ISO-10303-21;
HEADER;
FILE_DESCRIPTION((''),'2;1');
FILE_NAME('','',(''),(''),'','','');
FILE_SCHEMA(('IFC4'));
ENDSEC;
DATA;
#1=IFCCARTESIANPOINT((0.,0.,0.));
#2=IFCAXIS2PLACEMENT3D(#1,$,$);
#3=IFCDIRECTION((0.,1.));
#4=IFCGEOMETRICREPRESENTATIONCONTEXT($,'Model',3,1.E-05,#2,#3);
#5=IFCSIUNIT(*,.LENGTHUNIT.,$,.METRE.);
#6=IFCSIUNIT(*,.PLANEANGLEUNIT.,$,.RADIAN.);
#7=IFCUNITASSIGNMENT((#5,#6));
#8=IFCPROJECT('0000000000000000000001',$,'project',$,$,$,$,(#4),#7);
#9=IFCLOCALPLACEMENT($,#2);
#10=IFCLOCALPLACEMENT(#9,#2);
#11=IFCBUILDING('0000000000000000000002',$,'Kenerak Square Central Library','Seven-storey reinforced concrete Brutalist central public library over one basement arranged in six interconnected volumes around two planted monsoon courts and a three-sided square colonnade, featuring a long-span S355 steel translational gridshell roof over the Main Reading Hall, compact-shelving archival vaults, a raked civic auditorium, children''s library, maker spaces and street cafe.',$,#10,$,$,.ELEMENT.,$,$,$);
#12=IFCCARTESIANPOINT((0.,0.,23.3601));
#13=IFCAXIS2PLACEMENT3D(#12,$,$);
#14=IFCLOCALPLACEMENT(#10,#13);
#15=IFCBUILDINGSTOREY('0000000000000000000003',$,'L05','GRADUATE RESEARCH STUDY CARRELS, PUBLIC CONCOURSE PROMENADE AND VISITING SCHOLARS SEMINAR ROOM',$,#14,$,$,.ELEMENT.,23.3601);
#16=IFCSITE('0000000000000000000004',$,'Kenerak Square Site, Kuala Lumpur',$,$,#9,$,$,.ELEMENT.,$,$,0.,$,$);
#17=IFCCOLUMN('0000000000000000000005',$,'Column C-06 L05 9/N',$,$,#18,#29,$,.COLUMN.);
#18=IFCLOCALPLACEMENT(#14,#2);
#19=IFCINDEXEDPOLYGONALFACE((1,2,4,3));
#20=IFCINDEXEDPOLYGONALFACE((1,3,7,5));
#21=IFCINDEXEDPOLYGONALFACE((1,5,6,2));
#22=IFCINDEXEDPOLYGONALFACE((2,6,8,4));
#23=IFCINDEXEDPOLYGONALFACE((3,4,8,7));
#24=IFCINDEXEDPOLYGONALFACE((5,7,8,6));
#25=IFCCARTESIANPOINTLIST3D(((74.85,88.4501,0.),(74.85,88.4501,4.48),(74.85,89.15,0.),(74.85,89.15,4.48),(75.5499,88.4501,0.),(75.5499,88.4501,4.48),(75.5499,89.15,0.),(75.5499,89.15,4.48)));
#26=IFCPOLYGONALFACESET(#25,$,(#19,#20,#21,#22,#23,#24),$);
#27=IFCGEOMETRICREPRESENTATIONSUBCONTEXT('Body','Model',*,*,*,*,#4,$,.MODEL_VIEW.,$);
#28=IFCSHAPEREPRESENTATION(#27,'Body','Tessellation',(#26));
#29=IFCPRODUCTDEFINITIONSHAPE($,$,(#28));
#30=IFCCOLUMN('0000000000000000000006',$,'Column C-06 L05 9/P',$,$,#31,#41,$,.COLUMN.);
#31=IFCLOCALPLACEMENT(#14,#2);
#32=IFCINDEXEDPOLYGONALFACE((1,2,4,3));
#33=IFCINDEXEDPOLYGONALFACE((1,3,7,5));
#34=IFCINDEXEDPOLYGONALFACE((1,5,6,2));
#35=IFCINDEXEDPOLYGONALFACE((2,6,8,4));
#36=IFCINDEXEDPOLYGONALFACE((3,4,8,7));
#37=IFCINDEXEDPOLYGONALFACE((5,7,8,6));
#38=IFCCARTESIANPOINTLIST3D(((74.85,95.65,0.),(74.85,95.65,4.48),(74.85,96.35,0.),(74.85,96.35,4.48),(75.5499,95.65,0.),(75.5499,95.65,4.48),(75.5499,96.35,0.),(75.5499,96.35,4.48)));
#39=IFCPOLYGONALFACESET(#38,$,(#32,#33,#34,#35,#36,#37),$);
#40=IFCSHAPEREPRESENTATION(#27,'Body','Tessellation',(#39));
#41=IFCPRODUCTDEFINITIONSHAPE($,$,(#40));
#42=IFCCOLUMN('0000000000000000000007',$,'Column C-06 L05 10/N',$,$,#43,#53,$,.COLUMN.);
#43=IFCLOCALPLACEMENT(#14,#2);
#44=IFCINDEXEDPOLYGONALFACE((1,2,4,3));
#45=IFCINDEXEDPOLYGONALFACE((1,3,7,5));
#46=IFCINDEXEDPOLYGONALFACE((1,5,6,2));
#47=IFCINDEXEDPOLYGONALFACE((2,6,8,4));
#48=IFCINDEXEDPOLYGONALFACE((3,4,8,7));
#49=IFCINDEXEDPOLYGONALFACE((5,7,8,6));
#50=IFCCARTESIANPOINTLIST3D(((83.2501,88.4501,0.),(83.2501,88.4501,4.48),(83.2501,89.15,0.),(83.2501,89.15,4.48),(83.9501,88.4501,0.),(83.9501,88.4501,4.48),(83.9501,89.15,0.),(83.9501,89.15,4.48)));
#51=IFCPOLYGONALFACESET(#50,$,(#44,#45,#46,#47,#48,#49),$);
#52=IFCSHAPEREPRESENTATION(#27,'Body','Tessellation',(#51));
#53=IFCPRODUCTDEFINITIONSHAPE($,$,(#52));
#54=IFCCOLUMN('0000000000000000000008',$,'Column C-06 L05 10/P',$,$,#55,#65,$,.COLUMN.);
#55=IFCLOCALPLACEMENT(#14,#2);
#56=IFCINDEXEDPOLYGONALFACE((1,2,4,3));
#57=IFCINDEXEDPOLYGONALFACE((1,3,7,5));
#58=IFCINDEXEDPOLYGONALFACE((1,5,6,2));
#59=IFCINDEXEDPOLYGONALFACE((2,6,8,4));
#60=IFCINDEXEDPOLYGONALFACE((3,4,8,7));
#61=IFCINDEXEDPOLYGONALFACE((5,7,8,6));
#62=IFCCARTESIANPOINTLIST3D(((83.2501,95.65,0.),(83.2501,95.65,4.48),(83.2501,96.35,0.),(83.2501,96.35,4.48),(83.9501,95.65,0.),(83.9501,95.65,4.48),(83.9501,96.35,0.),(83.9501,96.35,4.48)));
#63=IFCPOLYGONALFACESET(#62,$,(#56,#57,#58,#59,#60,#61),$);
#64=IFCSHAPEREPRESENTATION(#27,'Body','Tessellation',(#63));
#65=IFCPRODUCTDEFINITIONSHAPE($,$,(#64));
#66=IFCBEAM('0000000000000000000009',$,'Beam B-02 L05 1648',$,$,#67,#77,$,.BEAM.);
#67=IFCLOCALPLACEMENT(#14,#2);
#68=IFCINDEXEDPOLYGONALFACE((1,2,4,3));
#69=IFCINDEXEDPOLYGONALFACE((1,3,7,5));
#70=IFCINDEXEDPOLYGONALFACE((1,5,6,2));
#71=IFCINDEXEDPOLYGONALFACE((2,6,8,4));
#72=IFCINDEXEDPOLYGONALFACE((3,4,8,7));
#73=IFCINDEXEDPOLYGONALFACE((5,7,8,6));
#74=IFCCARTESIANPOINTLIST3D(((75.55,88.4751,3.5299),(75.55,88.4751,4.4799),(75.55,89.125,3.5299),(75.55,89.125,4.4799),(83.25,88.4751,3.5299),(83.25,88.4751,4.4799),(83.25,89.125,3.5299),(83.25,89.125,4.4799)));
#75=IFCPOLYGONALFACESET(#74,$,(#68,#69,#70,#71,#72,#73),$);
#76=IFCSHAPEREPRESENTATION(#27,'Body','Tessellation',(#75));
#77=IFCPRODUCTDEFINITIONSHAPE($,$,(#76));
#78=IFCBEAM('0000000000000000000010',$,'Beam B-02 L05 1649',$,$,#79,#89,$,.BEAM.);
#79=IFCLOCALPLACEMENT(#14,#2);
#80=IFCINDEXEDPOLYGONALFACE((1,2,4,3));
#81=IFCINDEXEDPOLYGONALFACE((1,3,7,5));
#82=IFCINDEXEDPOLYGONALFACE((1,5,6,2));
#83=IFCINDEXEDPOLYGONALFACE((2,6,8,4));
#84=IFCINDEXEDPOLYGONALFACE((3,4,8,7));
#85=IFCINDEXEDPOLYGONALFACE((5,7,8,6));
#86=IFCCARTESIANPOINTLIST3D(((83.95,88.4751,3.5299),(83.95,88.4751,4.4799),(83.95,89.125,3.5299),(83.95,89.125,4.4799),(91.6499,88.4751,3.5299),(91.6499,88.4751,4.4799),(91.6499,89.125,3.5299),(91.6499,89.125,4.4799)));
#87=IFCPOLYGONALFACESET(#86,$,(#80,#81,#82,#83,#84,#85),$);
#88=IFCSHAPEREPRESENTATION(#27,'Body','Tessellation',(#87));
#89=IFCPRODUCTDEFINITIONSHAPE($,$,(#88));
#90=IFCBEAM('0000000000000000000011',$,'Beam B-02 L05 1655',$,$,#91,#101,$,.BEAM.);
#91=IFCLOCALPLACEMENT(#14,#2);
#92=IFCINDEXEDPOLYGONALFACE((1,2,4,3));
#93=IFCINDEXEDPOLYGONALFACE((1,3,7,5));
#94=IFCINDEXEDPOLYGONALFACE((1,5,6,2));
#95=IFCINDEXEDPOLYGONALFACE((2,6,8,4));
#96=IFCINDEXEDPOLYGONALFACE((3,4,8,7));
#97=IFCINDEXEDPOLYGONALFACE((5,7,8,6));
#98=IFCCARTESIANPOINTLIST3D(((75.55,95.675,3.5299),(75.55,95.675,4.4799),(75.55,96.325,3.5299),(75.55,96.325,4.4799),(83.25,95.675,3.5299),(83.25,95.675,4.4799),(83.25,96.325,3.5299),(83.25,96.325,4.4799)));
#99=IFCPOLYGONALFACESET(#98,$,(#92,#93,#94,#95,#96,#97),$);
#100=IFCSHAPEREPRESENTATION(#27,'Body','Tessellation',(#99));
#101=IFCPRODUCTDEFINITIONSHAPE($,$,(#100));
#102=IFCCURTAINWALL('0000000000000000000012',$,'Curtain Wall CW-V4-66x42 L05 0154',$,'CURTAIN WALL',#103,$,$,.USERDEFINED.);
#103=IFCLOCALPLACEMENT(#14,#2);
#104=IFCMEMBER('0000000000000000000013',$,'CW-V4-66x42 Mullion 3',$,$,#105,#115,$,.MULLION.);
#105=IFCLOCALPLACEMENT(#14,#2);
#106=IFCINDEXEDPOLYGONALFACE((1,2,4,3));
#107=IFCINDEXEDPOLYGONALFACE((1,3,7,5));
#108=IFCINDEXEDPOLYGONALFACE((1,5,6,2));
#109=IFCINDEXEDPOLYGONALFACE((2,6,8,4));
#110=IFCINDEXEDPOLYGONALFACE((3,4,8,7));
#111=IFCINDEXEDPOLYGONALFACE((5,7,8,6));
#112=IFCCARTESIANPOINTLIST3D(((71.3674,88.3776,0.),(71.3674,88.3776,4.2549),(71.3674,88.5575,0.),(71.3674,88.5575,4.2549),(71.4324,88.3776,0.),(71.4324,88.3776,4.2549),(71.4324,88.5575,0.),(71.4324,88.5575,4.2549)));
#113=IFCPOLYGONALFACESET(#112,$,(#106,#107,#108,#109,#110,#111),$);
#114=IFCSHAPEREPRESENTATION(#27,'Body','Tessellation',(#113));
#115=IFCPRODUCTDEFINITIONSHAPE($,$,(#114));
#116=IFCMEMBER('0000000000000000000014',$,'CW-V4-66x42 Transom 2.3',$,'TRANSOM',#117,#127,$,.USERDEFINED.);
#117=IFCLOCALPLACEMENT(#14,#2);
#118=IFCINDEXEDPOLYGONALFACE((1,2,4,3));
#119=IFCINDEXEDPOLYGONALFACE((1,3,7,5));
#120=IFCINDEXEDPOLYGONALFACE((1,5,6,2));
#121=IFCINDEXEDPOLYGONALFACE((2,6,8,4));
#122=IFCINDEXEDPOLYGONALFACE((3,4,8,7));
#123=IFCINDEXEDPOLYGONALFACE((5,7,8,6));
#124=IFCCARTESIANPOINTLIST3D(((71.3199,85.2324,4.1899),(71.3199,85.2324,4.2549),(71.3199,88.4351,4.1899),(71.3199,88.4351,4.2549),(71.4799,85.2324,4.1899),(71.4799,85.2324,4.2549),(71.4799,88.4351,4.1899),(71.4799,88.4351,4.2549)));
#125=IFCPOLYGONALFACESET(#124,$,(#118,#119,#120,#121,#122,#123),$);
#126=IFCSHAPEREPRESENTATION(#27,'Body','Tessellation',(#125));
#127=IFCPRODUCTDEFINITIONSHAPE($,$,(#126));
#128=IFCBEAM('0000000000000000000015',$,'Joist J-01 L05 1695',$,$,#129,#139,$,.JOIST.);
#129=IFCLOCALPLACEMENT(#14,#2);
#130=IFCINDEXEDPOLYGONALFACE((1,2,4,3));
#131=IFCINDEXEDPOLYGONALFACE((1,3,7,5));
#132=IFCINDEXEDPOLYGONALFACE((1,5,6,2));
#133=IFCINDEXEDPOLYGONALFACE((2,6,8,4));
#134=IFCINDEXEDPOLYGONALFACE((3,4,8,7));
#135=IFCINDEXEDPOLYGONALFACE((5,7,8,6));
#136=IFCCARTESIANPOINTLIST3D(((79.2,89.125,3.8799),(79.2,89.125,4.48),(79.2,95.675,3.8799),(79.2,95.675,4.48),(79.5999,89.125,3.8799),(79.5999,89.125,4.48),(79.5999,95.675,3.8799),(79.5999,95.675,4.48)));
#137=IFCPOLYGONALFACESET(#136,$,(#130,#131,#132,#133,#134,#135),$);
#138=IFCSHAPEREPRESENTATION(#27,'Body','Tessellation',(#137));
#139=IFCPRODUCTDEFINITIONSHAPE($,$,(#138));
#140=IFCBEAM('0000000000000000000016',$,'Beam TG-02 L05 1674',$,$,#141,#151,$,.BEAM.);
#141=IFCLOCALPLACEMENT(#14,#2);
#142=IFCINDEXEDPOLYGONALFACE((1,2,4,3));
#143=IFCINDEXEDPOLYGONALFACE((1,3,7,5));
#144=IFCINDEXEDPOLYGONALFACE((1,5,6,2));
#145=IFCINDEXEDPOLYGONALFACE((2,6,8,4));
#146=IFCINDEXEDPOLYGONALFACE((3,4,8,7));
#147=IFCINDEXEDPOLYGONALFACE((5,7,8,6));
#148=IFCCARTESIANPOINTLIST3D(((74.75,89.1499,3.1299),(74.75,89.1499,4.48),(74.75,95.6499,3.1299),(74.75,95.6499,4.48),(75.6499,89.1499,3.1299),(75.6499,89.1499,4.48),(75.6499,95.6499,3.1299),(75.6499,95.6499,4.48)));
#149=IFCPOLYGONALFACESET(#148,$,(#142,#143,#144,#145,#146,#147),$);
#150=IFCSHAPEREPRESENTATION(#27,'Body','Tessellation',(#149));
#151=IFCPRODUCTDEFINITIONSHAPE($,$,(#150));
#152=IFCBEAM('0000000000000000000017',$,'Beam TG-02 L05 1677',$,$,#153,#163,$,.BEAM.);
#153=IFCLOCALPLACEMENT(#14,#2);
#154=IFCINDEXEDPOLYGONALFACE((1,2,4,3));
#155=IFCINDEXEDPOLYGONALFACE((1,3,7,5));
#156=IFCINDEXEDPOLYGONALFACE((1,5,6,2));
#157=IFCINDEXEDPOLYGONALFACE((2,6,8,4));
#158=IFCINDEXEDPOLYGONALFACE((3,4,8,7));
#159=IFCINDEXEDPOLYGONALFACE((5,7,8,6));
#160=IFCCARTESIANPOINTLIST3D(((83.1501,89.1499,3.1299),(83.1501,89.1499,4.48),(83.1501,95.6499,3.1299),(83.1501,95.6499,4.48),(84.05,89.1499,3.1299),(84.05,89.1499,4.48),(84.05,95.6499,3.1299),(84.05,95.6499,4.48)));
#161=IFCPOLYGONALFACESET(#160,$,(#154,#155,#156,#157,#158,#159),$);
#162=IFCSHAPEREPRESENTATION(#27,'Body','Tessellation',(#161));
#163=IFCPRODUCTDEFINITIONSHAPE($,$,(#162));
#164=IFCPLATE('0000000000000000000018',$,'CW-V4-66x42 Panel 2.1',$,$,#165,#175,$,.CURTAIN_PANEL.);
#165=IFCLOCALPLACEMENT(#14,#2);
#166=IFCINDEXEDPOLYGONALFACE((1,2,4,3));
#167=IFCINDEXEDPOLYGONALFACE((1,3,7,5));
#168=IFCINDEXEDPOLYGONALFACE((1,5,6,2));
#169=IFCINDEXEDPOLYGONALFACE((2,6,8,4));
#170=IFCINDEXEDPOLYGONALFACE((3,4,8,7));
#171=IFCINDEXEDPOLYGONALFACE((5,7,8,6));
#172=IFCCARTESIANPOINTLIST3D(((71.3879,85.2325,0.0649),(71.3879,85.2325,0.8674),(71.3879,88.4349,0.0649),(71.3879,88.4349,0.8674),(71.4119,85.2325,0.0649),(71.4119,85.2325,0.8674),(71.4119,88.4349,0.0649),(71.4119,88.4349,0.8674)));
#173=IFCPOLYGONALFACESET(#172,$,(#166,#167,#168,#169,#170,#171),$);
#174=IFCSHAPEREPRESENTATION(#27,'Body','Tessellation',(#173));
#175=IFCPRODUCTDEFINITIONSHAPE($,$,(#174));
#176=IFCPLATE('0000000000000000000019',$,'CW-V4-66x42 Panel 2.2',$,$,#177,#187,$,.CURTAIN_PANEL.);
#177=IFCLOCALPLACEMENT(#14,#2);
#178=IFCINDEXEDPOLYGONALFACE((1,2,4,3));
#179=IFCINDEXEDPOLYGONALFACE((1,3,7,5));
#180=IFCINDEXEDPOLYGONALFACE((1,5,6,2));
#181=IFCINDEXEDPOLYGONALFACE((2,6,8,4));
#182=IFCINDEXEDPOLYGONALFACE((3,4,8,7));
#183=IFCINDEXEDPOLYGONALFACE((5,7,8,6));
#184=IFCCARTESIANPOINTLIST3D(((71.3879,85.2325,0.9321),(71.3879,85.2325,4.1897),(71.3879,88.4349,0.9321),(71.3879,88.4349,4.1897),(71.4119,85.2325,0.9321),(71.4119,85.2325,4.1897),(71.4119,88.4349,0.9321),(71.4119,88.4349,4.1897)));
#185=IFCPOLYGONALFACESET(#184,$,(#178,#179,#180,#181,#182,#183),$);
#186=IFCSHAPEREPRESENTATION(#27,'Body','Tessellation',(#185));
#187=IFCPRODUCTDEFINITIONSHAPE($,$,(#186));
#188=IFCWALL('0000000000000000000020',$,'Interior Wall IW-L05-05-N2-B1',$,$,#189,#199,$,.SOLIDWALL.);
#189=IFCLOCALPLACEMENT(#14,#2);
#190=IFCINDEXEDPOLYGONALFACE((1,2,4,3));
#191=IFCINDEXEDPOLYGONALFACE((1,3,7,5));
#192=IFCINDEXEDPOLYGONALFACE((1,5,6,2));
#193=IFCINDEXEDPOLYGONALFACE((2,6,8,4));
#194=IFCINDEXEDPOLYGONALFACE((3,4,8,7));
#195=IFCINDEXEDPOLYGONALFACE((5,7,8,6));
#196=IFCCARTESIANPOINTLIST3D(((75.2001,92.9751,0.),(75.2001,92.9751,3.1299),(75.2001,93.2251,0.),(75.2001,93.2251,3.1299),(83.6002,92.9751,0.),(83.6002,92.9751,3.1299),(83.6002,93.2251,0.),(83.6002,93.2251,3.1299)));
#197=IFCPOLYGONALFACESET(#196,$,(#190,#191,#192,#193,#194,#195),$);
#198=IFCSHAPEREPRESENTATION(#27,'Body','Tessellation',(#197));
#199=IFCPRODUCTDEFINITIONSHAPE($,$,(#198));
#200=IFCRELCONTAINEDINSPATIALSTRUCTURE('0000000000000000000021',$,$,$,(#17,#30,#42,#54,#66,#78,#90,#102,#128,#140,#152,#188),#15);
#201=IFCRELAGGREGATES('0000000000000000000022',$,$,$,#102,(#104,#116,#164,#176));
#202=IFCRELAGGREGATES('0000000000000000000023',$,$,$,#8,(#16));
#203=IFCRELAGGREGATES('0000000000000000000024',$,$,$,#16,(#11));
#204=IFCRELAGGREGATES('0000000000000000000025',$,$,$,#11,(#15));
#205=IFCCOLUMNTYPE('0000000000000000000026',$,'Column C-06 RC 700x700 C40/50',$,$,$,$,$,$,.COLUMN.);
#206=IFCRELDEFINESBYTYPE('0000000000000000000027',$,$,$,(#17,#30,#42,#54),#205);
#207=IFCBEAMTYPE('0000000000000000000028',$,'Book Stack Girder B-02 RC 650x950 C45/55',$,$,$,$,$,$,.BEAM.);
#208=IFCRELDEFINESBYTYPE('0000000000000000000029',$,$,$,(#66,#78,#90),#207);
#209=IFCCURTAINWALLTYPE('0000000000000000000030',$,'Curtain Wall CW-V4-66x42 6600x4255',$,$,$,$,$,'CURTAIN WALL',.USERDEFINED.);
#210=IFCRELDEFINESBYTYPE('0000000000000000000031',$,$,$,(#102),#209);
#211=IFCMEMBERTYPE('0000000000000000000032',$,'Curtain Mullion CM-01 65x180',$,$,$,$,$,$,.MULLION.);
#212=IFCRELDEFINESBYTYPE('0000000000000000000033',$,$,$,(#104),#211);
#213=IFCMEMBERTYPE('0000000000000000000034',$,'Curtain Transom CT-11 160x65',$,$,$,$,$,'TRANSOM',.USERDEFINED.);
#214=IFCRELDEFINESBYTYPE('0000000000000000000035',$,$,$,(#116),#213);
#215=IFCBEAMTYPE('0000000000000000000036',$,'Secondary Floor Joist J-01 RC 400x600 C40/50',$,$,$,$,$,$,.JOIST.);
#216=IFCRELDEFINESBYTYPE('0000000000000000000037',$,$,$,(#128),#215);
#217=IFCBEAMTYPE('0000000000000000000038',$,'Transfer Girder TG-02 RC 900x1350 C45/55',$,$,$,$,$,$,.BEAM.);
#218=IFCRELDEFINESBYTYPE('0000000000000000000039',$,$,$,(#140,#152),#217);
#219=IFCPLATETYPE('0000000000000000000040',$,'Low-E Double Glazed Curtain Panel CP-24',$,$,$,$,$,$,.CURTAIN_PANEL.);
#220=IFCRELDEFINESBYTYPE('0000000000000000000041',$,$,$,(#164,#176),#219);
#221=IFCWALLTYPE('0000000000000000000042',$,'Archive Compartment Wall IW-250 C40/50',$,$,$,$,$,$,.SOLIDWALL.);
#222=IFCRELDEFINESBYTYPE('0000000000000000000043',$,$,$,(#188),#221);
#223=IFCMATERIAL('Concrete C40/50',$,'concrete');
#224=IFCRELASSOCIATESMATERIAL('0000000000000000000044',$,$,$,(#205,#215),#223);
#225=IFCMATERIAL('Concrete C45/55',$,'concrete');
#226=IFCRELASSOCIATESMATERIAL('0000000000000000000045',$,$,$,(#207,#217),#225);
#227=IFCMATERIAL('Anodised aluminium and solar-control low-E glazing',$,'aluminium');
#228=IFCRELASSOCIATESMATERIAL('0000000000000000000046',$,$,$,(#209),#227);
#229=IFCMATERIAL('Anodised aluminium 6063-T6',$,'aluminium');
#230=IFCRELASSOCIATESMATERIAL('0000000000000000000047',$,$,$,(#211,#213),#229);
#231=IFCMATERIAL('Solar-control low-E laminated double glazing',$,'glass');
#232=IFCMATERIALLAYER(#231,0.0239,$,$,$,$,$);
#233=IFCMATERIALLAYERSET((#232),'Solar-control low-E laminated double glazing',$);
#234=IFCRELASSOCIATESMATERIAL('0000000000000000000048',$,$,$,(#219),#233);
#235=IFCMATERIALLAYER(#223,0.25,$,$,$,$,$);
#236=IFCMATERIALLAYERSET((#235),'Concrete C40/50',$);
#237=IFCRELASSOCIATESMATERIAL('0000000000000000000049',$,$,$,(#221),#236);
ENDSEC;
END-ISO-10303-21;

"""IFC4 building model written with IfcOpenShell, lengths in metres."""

from ifc_helpers import new_model, si_unit, direction, frame, frame_2d, origin, origin_2d, place, context, subcontext, project, spatial, rectangle, extrude, material, layer, layer_set, material_profile, profile_set, type_object, element, aggregate, save


model = new_model("IFC4")

# Units and contexts
model_context = context("Model", 3, precision=1e-05, world=origin(), true_north=direction((0.0, 1.0)))
body_context = subcontext(model_context, "Body", "Model", "MODEL_VIEW")
ifc_project = project(units=[si_unit("LENGTHUNIT", "METRE"), si_unit("PLANEANGLEUNIT", "RADIAN")], contexts=[model_context])

# Site, building, storey
site_placement = place(None, origin())
site = spatial("IfcSite", under=ifc_project, at=site_placement, Name="Kenerak Square Site, Kuala Lumpur", CompositionType="ELEMENT", RefElevation=0.0)
building_placement = place(site_placement, origin())
building = spatial("IfcBuilding", under=site, at=building_placement, Name="Kenerak Square Central Library", Description="Seven-storey reinforced concrete Brutalist central public library over one basement arranged in six interconnected volumes around two planted monsoon courts and a three-sided square colonnade, featuring a long-span S355 steel translational gridshell roof over the Main Reading Hall, compact-shelving archival vaults, a raked civic auditorium, children's library, maker spaces and street cafe.", CompositionType="ELEMENT")
storey_placement = place(building_placement, frame((0.0, 0.0, 23.3601)))
storey = spatial("IfcBuildingStorey", under=building, at=storey_placement, Name="L05", Description="GRADUATE RESEARCH STUDY CARRELS, PUBLIC CONCOURSE PROMENADE AND VISITING SCHOLARS SEMINAR ROOM", CompositionType="ELEMENT", Elevation=23.3601)

# Columns
ifc_material_1 = material(Name="Concrete C40/50", Category="concrete")
ifc_material_profile_1 = material_profile(ifc_material_1, rectangle(XDim=0.7, YDim=0.7, at=origin_2d()), Name="RC 700x700")
ifc_profile_set_1 = profile_set([ifc_material_profile_1], Name="Concrete C40/50")
column_type = type_object("IfcColumnType", Name="Column C-06 RC 700x700 C40/50", PredefinedType="COLUMN", material=ifc_profile_set_1)
for number, where, z_axis, x_axis, name in (
    (1, (75.2, 88.8, 0.0), (0.0, 0.0, 1.0), (1.0, 0.0, 0.0), "Column C-06 L05 9/N"),
    (2, (75.2, 96.0, 0.0), (0.0, 0.0, 1.0), (1.0, 0.0, 0.0), "Column C-06 L05 9/P"),
    (3, (83.6001, 88.8, 0.0), (0.0, 0.0, 1.0), (1.0, 0.0, 0.0), "Column C-06 L05 10/N"),
    (4, (83.6001, 96.0, 0.0), (0.0, 0.0, 1.0), (1.0, 0.0, 0.0), "Column C-06 L05 10/P"),
):
    element("IfcColumn", number, at=place(storey_placement, frame(where, z_axis=z_axis, x_axis=x_axis)), inside=storey, type_object=column_type, Name=name, PredefinedType="COLUMN", context=body_context, shape_type="SweptSolid", body=[
        extrude(rectangle(XDim=0.7, YDim=0.7, at=origin_2d()), origin(), (0.0, 0.0, 1.0), 4.48),
    ])

# Beams
ifc_material_2 = material(Name="Concrete C45/55", Category="concrete")
ifc_material_profile_2 = material_profile(ifc_material_2, rectangle(XDim=0.6499, YDim=0.95, at=origin_2d()), Name="RC 650x950")
ifc_profile_set_2 = profile_set([ifc_material_profile_2], Name="Concrete C45/55")
beam_type_1 = type_object("IfcBeamType", Name="Book Stack Girder B-02 RC 650x950 C45/55", PredefinedType="BEAM", material=ifc_profile_set_2)
for number, where, z_axis, x_axis, name in (
    (5, (75.55, 88.8, 4.0049), (1.0, 0.0, 0.0), (0.0, 1.0, 0.0), "Beam B-02 L05 1648"),
    (6, (83.95, 88.8, 4.0049), (1.0, 0.0, 0.0), (0.0, 1.0, 0.0), "Beam B-02 L05 1649"),
    (7, (75.55, 96.0, 4.0049), (1.0, 0.0, 0.0), (0.0, 1.0, 0.0), "Beam B-02 L05 1655"),
):
    element("IfcBeam", number, at=place(storey_placement, frame(where, z_axis=z_axis, x_axis=x_axis)), inside=storey, type_object=beam_type_1, Name=name, PredefinedType="BEAM", context=body_context, shape_type="SweptSolid", body=[
        extrude(rectangle(XDim=0.6499, YDim=0.95, at=origin_2d()), origin(), (0.0, 0.0, 1.0), 7.7),
    ])

# Curtain wall, members
ifc_material_3 = material(Name="Anodised aluminium and solar-control low-E glazing", Category="aluminium")
curtain_wall_type = type_object("IfcCurtainWallType", Name="Curtain Wall CW-V4-66x42 6600x4255", ElementType="CURTAIN WALL", PredefinedType="USERDEFINED", material=ifc_material_3)
curtain_wall_placement = place(storey_placement, origin())
curtain_wall = element("IfcCurtainWall", 8, at=curtain_wall_placement, inside=storey, type_object=curtain_wall_type, Name="Curtain Wall CW-V4-66x42 L05 0154", ObjectType="CURTAIN WALL", PredefinedType="USERDEFINED")
ifc_material_4 = material(Name="Anodised aluminium 6063-T6", Category="aluminium")
ifc_material_profile_3 = material_profile(ifc_material_4, rectangle(XDim=0.0649, YDim=0.1799, at=origin_2d()), Name="AL MULLION 65x180")
ifc_profile_set_3 = profile_set([ifc_material_profile_3], Name="Anodised aluminium 6063-T6")
member_type_1 = type_object("IfcMemberType", Name="Curtain Mullion CM-01 65x180", PredefinedType="MULLION", material=ifc_profile_set_3)
member_1_placement = place(storey_placement, frame((71.3999, 88.4675, 0.0), z_axis=(0.0, 0.0, 1.0), x_axis=(-1.0, 0.0, 0.0)))
member_1 = element("IfcMember", 9, at=member_1_placement, type_object=member_type_1, Name="CW-V4-66x42 Mullion 3", PredefinedType="MULLION", context=body_context, shape_type="SweptSolid", body=[
    extrude(rectangle(XDim=0.0649, YDim=0.1799, at=origin_2d()), origin(), (0.0, 0.0, 1.0), 4.2549),
])
ifc_material_profile_4 = material_profile(ifc_material_4, rectangle(XDim=0.1599, YDim=0.0649, at=origin_2d()), Name="AL TRANSOM 160x65")
ifc_profile_set_4 = profile_set([ifc_material_profile_4], Name="Anodised aluminium 6063-T6")
member_type_2 = type_object("IfcMemberType", Name="Curtain Transom CT-11 160x65", ElementType="TRANSOM", PredefinedType="USERDEFINED", material=ifc_profile_set_4)
member_2_placement = place(storey_placement, frame((71.3999, 85.2324, 4.2224), z_axis=(0.0, 1.0, 0.0), x_axis=(-1.0, 0.0, 0.0)))
member_2 = element("IfcMember", 10, at=member_2_placement, type_object=member_type_2, Name="CW-V4-66x42 Transom 2.3", ObjectType="TRANSOM", PredefinedType="USERDEFINED", context=body_context, shape_type="SweptSolid", body=[
    extrude(rectangle(XDim=0.1599, YDim=0.0649, at=origin_2d()), origin(), (0.0, 0.0, 1.0), 3.2026),
])

# Beams
ifc_material_profile_5 = material_profile(ifc_material_1, rectangle(XDim=0.3999, YDim=0.6001, at=origin_2d()), Name="RC 400x600")
ifc_profile_set_5 = profile_set([ifc_material_profile_5], Name="Concrete C40/50")
beam_type_2 = type_object("IfcBeamType", Name="Secondary Floor Joist J-01 RC 400x600 C40/50", PredefinedType="JOIST", material=ifc_profile_set_5)
beam_placement = place(storey_placement, frame((79.3999, 89.125, 4.1799), z_axis=(0.0, 1.0, 0.0), x_axis=(-1.0, 0.0, 0.0)))
element("IfcBeam", 11, at=beam_placement, inside=storey, type_object=beam_type_2, Name="Joist J-01 L05 1695", PredefinedType="JOIST", context=body_context, shape_type="SweptSolid", body=[
    extrude(rectangle(XDim=0.3999, YDim=0.6001, at=origin_2d()), origin(), (0.0, 0.0, 1.0), 6.55),
])
ifc_material_profile_6 = material_profile(ifc_material_2, rectangle(XDim=0.8999, YDim=1.3501, at=origin_2d()), Name="RC 900x1350")
ifc_profile_set_6 = profile_set([ifc_material_profile_6], Name="Concrete C45/55")
beam_type_3 = type_object("IfcBeamType", Name="Transfer Girder TG-02 RC 900x1350 C45/55", PredefinedType="BEAM", material=ifc_profile_set_6)
for number, where, z_axis, x_axis, name in (
    (12, (75.2, 89.1499, 3.8049), (0.0, 1.0, 0.0), (-1.0, 0.0, 0.0), "Beam TG-02 L05 1674"),
    (13, (83.6001, 89.1499, 3.8049), (0.0, 1.0, 0.0), (-1.0, 0.0, 0.0), "Beam TG-02 L05 1677"),
):
    element("IfcBeam", number, at=place(storey_placement, frame(where, z_axis=z_axis, x_axis=x_axis)), inside=storey, type_object=beam_type_3, Name=name, PredefinedType="BEAM", context=body_context, shape_type="SweptSolid", body=[
        extrude(rectangle(XDim=0.8999, YDim=1.3501, at=origin_2d()), origin(), (0.0, 0.0, 1.0), 6.5),
    ])

# Plates
ifc_material_5 = material(Name="Solar-control low-E laminated double glazing", Category="glass")
ifc_layer_1 = layer(ifc_material_5, 0.0239)
ifc_layer_set_1 = layer_set([ifc_layer_1], Name="Solar-control low-E laminated double glazing")
plate_type = type_object("IfcPlateType", Name="Low-E Double Glazed Curtain Panel CP-24", PredefinedType="CURTAIN_PANEL", material=ifc_layer_set_1)
plate_1_placement = place(storey_placement, frame((71.3999, 86.8337, 0.0649), z_axis=(0.0, 0.0, 1.0), x_axis=(0.0, 1.0, 0.0)))
plate_1 = element("IfcPlate", 14, at=plate_1_placement, type_object=plate_type, Name="CW-V4-66x42 Panel 2.1", PredefinedType="CURTAIN_PANEL", context=body_context, shape_type="SweptSolid", body=[
    extrude(rectangle(XDim=3.2024, YDim=0.0239, at=origin_2d()), origin(), (0.0, 0.0, 1.0), 0.8025),
])
plate_2_placement = place(storey_placement, frame((71.3999, 86.8337, 0.9321), z_axis=(0.0, 0.0, 1.0), x_axis=(0.0, 1.0, 0.0)))
plate_2 = element("IfcPlate", 15, at=plate_2_placement, type_object=plate_type, Name="CW-V4-66x42 Panel 2.2", PredefinedType="CURTAIN_PANEL", context=body_context, shape_type="SweptSolid", body=[
    extrude(rectangle(XDim=3.2024, YDim=0.0239, at=origin_2d()), origin(), (0.0, 0.0, 1.0), 3.2576),
])
aggregate(curtain_wall, [member_1, member_2, plate_1, plate_2])

# Wall
ifc_layer_2 = layer(ifc_material_1, 0.25)
ifc_layer_set_2 = layer_set([ifc_layer_2], Name="Concrete C40/50")
wall_type_1 = type_object("IfcWallType", Name="Archive Compartment Wall IW-250 C40/50", PredefinedType="SOLIDWALL", material=ifc_layer_set_2)
wall_1_placement = place(storey_placement, frame((75.2, 93.1001, 0.0), z_axis=(0.0, 0.0, 1.0), x_axis=(1.0, 0.0, 0.0)))
element("IfcWall", 16, at=wall_1_placement, inside=storey, type_object=wall_type_1, Name="Interior Wall IW-L05-05-N2-B1", PredefinedType="SOLIDWALL", context=body_context, shape_type="SweptSolid", body=[
    extrude(rectangle(XDim=8.4001, YDim=0.25, at=frame_2d((4.2002, 0.0))), origin(), (0.0, 0.0, 1.0), 3.1299),
])

save(model, "model.ifc")
